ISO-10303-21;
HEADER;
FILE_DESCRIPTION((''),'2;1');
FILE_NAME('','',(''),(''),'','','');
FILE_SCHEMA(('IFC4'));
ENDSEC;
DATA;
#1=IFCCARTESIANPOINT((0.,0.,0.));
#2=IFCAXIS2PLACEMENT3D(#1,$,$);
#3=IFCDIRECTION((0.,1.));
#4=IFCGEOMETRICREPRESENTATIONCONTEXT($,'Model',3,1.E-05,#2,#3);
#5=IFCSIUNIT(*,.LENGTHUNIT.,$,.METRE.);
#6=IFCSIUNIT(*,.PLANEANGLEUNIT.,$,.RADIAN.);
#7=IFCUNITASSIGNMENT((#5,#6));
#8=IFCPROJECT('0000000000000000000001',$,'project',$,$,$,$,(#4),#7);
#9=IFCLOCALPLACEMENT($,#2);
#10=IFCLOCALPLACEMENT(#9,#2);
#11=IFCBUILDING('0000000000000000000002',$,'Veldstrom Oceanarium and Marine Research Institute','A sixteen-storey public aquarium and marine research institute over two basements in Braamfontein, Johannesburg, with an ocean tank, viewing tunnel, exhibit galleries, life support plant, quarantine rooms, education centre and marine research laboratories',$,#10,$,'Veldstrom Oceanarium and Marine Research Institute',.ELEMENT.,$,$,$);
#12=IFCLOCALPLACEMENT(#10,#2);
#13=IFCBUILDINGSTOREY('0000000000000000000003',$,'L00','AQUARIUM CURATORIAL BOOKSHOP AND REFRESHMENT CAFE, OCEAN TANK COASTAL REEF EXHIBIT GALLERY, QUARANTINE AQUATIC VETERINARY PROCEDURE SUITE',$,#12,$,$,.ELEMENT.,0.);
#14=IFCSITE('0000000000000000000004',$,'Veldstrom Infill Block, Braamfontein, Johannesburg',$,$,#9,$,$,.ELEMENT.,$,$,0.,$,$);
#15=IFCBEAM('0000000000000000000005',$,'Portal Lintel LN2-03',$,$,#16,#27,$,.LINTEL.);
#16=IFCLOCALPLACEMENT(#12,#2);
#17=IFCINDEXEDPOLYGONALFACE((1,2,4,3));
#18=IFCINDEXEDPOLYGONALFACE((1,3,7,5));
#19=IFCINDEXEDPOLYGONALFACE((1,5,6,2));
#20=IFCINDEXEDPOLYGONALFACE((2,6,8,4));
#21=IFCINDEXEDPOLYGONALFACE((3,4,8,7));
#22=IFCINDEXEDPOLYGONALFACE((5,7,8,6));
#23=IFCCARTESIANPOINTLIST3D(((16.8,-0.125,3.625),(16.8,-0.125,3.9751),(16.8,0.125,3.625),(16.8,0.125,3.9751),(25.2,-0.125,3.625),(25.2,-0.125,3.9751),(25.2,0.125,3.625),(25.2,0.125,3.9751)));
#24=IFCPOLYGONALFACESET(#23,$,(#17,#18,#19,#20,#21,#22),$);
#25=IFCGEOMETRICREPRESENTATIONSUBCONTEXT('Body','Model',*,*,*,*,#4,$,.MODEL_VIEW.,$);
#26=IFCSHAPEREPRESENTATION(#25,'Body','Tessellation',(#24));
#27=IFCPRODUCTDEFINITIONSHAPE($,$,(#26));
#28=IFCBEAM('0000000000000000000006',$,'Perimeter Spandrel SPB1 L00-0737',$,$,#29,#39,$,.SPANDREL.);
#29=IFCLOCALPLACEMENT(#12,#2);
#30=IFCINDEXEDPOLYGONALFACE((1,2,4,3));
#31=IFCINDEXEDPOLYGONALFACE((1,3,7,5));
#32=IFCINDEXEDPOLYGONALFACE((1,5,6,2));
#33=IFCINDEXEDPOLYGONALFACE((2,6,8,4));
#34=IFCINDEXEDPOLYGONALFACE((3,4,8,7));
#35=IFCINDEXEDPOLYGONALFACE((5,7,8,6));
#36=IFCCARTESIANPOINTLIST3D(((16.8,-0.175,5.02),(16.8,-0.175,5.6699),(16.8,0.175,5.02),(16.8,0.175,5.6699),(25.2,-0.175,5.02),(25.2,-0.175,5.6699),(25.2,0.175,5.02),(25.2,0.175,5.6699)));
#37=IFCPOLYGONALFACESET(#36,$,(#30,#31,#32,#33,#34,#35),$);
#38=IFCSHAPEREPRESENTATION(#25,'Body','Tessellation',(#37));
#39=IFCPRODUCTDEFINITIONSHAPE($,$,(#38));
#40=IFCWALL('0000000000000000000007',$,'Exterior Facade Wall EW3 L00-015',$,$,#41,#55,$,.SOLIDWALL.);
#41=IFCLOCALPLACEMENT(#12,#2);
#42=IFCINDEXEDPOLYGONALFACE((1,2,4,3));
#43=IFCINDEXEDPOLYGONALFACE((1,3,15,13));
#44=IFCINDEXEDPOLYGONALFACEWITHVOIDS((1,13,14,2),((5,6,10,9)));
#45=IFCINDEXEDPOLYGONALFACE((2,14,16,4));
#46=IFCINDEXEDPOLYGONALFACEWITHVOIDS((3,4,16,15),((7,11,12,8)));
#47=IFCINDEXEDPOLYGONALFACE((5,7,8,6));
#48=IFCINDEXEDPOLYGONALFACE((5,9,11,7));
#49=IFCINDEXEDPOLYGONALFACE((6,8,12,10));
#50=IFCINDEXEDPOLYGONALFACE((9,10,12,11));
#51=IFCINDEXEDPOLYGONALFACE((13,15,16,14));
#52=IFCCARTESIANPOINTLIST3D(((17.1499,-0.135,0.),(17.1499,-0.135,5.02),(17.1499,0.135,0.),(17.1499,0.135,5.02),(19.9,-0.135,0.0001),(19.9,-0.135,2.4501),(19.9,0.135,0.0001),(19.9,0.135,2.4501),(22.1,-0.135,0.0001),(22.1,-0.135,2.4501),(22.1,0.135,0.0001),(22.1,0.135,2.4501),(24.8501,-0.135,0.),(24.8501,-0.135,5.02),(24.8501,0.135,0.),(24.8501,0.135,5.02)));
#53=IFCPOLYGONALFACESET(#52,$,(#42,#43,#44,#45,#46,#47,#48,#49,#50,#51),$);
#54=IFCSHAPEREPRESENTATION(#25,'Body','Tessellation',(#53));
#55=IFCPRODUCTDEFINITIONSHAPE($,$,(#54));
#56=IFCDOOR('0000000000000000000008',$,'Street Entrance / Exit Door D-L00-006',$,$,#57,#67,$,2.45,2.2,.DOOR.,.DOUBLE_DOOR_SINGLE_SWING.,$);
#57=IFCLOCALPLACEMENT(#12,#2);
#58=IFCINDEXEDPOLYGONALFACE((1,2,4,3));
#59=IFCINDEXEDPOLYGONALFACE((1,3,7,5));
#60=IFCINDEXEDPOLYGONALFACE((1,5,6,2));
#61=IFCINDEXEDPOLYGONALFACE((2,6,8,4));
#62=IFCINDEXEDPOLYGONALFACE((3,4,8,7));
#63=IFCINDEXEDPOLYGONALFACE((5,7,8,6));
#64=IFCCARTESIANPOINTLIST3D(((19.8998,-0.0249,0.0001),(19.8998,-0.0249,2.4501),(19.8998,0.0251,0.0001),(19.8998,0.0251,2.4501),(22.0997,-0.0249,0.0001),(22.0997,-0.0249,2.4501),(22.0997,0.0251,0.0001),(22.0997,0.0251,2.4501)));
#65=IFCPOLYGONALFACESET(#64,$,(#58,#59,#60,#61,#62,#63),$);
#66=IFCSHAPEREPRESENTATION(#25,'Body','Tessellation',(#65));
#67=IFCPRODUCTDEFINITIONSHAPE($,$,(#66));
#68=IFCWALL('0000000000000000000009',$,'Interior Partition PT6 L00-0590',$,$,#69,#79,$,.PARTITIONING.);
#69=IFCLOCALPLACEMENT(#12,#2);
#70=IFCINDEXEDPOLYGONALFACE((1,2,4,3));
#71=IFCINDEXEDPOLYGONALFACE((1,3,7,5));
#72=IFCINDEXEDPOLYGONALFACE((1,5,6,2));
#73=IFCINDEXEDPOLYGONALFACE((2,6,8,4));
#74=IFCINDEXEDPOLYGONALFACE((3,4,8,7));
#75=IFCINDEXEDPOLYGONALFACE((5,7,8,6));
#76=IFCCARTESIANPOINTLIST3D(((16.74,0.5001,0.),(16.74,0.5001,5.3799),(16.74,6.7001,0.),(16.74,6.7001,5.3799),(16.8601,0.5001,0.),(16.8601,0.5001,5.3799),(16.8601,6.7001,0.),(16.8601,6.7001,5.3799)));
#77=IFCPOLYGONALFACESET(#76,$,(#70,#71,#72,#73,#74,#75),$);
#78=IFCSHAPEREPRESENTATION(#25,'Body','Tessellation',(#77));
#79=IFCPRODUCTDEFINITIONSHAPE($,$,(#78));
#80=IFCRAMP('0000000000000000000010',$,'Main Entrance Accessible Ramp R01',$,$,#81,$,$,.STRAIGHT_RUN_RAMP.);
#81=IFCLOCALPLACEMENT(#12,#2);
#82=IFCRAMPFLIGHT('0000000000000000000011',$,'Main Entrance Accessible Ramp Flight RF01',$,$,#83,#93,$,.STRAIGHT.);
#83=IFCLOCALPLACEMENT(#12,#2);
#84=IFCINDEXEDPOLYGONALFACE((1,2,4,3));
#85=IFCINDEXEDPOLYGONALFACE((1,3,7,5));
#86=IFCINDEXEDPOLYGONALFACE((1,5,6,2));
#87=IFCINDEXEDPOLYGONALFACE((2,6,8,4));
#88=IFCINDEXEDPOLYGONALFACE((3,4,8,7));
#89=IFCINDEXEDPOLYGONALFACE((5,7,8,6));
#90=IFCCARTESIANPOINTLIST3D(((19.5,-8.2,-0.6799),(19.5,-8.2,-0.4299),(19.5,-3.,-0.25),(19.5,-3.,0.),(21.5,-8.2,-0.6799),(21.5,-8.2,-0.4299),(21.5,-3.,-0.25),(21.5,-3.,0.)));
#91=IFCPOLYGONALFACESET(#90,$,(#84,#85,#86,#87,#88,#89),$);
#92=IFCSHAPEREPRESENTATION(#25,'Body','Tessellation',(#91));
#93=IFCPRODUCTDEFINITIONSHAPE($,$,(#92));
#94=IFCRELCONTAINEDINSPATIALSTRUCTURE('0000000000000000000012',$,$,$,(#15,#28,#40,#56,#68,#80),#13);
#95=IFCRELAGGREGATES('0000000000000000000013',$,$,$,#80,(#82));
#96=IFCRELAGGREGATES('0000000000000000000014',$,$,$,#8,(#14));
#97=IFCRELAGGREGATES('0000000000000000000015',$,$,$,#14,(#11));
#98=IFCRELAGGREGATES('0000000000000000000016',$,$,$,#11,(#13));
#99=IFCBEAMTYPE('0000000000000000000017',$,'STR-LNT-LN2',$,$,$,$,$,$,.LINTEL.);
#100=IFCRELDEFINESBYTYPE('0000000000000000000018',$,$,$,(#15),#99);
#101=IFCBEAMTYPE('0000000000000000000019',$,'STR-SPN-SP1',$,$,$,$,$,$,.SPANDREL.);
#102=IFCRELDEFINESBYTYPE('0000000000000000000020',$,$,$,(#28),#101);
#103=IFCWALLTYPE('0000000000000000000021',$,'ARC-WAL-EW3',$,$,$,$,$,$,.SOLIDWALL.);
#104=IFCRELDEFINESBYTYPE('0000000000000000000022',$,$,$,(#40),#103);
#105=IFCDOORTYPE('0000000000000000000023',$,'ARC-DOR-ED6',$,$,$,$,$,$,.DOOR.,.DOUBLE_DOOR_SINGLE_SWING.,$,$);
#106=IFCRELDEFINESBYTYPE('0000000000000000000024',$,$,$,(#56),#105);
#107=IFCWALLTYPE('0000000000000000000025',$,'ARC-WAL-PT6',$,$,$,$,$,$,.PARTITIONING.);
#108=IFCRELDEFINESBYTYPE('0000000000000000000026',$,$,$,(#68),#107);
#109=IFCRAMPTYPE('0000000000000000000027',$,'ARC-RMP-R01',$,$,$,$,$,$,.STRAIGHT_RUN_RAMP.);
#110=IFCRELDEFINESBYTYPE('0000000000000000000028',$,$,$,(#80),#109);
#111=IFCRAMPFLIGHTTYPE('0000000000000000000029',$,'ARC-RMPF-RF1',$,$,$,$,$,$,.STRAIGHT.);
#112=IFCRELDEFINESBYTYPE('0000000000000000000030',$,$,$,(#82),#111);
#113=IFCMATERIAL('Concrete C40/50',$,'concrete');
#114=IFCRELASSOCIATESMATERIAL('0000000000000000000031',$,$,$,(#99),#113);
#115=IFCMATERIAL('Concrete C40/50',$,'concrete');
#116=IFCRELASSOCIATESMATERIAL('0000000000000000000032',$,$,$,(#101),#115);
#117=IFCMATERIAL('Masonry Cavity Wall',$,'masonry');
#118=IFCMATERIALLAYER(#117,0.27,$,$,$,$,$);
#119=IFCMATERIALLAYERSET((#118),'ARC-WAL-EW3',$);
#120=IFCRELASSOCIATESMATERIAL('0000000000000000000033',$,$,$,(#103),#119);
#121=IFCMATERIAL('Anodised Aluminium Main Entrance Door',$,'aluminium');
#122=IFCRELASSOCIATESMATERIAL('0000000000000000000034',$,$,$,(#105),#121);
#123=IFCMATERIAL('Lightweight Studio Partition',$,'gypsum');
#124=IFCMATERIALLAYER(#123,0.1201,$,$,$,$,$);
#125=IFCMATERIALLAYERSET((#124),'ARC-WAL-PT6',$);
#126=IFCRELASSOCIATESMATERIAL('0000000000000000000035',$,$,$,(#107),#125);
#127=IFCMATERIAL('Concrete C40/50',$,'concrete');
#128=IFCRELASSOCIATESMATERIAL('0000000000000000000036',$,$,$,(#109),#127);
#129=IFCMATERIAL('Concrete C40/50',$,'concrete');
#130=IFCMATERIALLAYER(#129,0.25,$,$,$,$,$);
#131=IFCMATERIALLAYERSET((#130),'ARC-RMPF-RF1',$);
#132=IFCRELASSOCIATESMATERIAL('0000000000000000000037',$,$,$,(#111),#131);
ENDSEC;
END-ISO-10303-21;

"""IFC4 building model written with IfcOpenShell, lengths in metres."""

from ifc_helpers import new_model, si_unit, direction, frame, frame_2d, origin, origin_2d, place, context, subcontext, project, spatial, polyline, rectangle, outline, extrude, material, layer, layer_set, material_profile, profile_set, type_object, element, fill, aggregate, save


model = new_model("IFC4")

# Units and contexts
model_context = context("Model", 3, precision=1e-05, world=origin(), true_north=direction((0.0, 1.0)))
body_context = subcontext(model_context, "Body", "Model", "MODEL_VIEW")
ifc_project = project(units=[si_unit("LENGTHUNIT", "METRE"), si_unit("PLANEANGLEUNIT", "RADIAN")], contexts=[model_context])

# Site, building, storey
site_placement = place(None, origin())
site = spatial("IfcSite", under=ifc_project, at=site_placement, Name="Veldstrom Infill Block, Braamfontein, Johannesburg", CompositionType="ELEMENT", RefElevation=0.0)
building_placement = place(site_placement, origin())
building = spatial("IfcBuilding", under=site, at=building_placement, Name="Veldstrom Oceanarium and Marine Research Institute", Description="A sixteen-storey public aquarium and marine research institute over two basements in Braamfontein, Johannesburg, with an ocean tank, viewing tunnel, exhibit galleries, life support plant, quarantine rooms, education centre and marine research laboratories", LongName="Veldstrom Oceanarium and Marine Research Institute", CompositionType="ELEMENT")
storey_placement = place(building_placement, origin())
storey = spatial("IfcBuildingStorey", under=building, at=storey_placement, Name="L00", Description="AQUARIUM CURATORIAL BOOKSHOP AND REFRESHMENT CAFE, OCEAN TANK COASTAL REEF EXHIBIT GALLERY, QUARANTINE AQUATIC VETERINARY PROCEDURE SUITE", CompositionType="ELEMENT", Elevation=0.0)

# Beams
ifc_material_1 = material(Name="Concrete C40/50", Category="concrete")
ifc_material_profile_1 = material_profile(ifc_material_1, rectangle(XDim=0.25, YDim=0.3501, at=origin_2d()), Name="RC-LNT-250x350")
ifc_profile_set_1 = profile_set([ifc_material_profile_1], Name="Concrete C40/50")
beam_type_1 = type_object("IfcBeamType", Name="STR-LNT-LN2", PredefinedType="LINTEL", material=ifc_profile_set_1)
beam_1_placement = place(storey_placement, frame((16.8, 0.0, 3.8), z_axis=(1.0, 0.0, 0.0), x_axis=(0.0, 1.0, 0.0)))
element("IfcBeam", 1, at=beam_1_placement, inside=storey, type_object=beam_type_1, Name="Portal Lintel LN2-03", PredefinedType="LINTEL", context=body_context, shape_type="SweptSolid", body=[
    extrude(rectangle(XDim=0.25, YDim=0.3501, at=origin_2d()), origin(), (0.0, 0.0, 1.0), 8.3999),
])
ifc_material_2 = material(Name="Concrete C40/50", Category="concrete")
ifc_material_profile_2 = material_profile(ifc_material_2, rectangle(XDim=0.3501, YDim=0.6499, at=origin_2d()), Name="RC-SPN-350x650")
ifc_profile_set_2 = profile_set([ifc_material_profile_2], Name="Concrete C40/50")
beam_type_2 = type_object("IfcBeamType", Name="STR-SPN-SP1", PredefinedType="SPANDREL", material=ifc_profile_set_2)
beam_2_placement = place(storey_placement, frame((16.8, 0.0, 5.345), z_axis=(1.0, 0.0, 0.0), x_axis=(0.0, 1.0, 0.0)))
element("IfcBeam", 2, at=beam_2_placement, inside=storey, type_object=beam_type_2, Name="Perimeter Spandrel SPB1 L00-0737", PredefinedType="SPANDREL", context=body_context, shape_type="SweptSolid", body=[
    extrude(rectangle(XDim=0.3501, YDim=0.6499, at=origin_2d()), origin(), (0.0, 0.0, 1.0), 8.3999),
])

# Wall, opening, door
ifc_material_3 = material(Name="Masonry Cavity Wall", Category="masonry")
ifc_layer_1 = layer(ifc_material_3, 0.27)
ifc_layer_set_1 = layer_set([ifc_layer_1], Name="ARC-WAL-EW3")
wall_type_1 = type_object("IfcWallType", Name="ARC-WAL-EW3", PredefinedType="SOLIDWALL", material=ifc_layer_set_1)
wall_1_placement = place(storey_placement, frame((17.1499, 0.0, 0.0), z_axis=(0.0, 0.0, 1.0), x_axis=(1.0, 0.0, 0.0)))
wall_1 = element("IfcWall", 3, at=wall_1_placement, inside=storey, type_object=wall_type_1, Name="Exterior Facade Wall EW3 L00-015", PredefinedType="SOLIDWALL", context=body_context, shape_type="SweptSolid", body=[
    extrude(rectangle(XDim=7.7002, YDim=0.27, at=frame_2d((3.8501, 0.0))), origin(), (0.0, 0.0, 1.0), 5.02),
])
opening_placement = place(wall_1_placement, frame((2.75, 0.0, 0.0)))
opening = element("IfcOpeningElement", 4, at=opening_placement, cuts=wall_1, PredefinedType="OPENING", context=body_context, shape_type="SweptSolid", body=[
    extrude(rectangle(XDim=2.2, YDim=2.45, at=frame_2d((1.1001, 1.2251))), frame((0.0, 0.145, 0.0), z_axis=(0.0, -1.0, 0.0), x_axis=(1.0, 0.0, 0.0)), (0.0, 0.0, 1.0), 0.29),
])
ifc_material_4 = material(Name="Anodised Aluminium Main Entrance Door", Category="aluminium")
door_type = type_object("IfcDoorType", Name="ARC-DOR-ED6", OperationType="DOUBLE_DOOR_SINGLE_SWING", PredefinedType="DOOR", material=ifc_material_4)
door_placement = place(opening_placement, frame((2.2, 0.0, 0.0), z_axis=(0.0, 0.0, 1.0), x_axis=(-1.0, 0.0, 0.0)))
door = element("IfcDoor", 5, at=door_placement, inside=storey, type_object=door_type, Name="Street Entrance / Exit Door D-L00-006", OperationType="DOUBLE_DOOR_SINGLE_SWING", OverallHeight=2.45, OverallWidth=2.2, PredefinedType="DOOR", context=body_context, shape_type="SweptSolid", body=[
    extrude(rectangle(XDim=2.2, YDim=2.45, at=frame_2d((1.1001, 1.2251))), frame((0.0, 0.0249, 0.0), z_axis=(0.0, -1.0, 0.0), x_axis=(1.0, 0.0, 0.0)), (0.0, 0.0, 1.0), 0.05),
])
fill(opening, door)

# Wall
ifc_material_5 = material(Name="Lightweight Studio Partition", Category="gypsum")
ifc_layer_2 = layer(ifc_material_5, 0.1201)
ifc_layer_set_2 = layer_set([ifc_layer_2], Name="ARC-WAL-PT6")
wall_type_2 = type_object("IfcWallType", Name="ARC-WAL-PT6", PredefinedType="PARTITIONING", material=ifc_layer_set_2)
wall_2_placement = place(storey_placement, frame((16.8, 0.5, 0.0), z_axis=(0.0, 0.0, 1.0), x_axis=(0.0, 1.0, 0.0)))
element("IfcWall", 6, at=wall_2_placement, inside=storey, type_object=wall_type_2, Name="Interior Partition PT6 L00-0590", PredefinedType="PARTITIONING", context=body_context, shape_type="SweptSolid", body=[
    extrude(rectangle(XDim=6.2, YDim=0.1201, at=frame_2d((3.1001, 0.0))), origin(), (0.0, 0.0, 1.0), 5.3799),
])

# Ramp, ramp flight
ifc_material_6 = material(Name="Concrete C40/50", Category="concrete")
ramp_type = type_object("IfcRampType", Name="ARC-RMP-R01", PredefinedType="STRAIGHT_RUN_RAMP", material=ifc_material_6)
ramp_placement = place(storey_placement, origin())
ramp = element("IfcRamp", 7, at=ramp_placement, inside=storey, type_object=ramp_type, Name="Main Entrance Accessible Ramp R01", PredefinedType="STRAIGHT_RUN_RAMP")
ifc_material_7 = material(Name="Concrete C40/50", Category="concrete")
ifc_layer_3 = layer(ifc_material_7, 0.25)
ifc_layer_set_3 = layer_set([ifc_layer_3], Name="ARC-RMPF-RF1")
ramp_flight_type = type_object("IfcRampFlightType", Name="ARC-RMPF-RF1", PredefinedType="STRAIGHT", material=ifc_layer_set_3)
ramp_flight_placement = place(storey_placement, frame((20.5, -8.2, -0.4299), z_axis=(0.0, 0.0, 1.0), x_axis=(0.0, 1.0, 0.0)))
ramp_flight = element("IfcRampFlight", 8, at=ramp_flight_placement, type_object=ramp_flight_type, Name="Main Entrance Accessible Ramp Flight RF01", PredefinedType="STRAIGHT", context=body_context, shape_type="SweptSolid", body=[
    extrude(outline(polyline([(0.0, 0.0), (0.0, -0.25), (5.2, 0.1799), (5.2, 0.4299), (0.0, 0.0)])), frame((0.0, 1.0, 0.0), z_axis=(0.0, -1.0, 0.0), x_axis=(1.0, 0.0, 0.0)), (0.0, 0.0, 1.0), 2.0),
])
aggregate(ramp, [ramp_flight])

save(model, "model.ifc")
